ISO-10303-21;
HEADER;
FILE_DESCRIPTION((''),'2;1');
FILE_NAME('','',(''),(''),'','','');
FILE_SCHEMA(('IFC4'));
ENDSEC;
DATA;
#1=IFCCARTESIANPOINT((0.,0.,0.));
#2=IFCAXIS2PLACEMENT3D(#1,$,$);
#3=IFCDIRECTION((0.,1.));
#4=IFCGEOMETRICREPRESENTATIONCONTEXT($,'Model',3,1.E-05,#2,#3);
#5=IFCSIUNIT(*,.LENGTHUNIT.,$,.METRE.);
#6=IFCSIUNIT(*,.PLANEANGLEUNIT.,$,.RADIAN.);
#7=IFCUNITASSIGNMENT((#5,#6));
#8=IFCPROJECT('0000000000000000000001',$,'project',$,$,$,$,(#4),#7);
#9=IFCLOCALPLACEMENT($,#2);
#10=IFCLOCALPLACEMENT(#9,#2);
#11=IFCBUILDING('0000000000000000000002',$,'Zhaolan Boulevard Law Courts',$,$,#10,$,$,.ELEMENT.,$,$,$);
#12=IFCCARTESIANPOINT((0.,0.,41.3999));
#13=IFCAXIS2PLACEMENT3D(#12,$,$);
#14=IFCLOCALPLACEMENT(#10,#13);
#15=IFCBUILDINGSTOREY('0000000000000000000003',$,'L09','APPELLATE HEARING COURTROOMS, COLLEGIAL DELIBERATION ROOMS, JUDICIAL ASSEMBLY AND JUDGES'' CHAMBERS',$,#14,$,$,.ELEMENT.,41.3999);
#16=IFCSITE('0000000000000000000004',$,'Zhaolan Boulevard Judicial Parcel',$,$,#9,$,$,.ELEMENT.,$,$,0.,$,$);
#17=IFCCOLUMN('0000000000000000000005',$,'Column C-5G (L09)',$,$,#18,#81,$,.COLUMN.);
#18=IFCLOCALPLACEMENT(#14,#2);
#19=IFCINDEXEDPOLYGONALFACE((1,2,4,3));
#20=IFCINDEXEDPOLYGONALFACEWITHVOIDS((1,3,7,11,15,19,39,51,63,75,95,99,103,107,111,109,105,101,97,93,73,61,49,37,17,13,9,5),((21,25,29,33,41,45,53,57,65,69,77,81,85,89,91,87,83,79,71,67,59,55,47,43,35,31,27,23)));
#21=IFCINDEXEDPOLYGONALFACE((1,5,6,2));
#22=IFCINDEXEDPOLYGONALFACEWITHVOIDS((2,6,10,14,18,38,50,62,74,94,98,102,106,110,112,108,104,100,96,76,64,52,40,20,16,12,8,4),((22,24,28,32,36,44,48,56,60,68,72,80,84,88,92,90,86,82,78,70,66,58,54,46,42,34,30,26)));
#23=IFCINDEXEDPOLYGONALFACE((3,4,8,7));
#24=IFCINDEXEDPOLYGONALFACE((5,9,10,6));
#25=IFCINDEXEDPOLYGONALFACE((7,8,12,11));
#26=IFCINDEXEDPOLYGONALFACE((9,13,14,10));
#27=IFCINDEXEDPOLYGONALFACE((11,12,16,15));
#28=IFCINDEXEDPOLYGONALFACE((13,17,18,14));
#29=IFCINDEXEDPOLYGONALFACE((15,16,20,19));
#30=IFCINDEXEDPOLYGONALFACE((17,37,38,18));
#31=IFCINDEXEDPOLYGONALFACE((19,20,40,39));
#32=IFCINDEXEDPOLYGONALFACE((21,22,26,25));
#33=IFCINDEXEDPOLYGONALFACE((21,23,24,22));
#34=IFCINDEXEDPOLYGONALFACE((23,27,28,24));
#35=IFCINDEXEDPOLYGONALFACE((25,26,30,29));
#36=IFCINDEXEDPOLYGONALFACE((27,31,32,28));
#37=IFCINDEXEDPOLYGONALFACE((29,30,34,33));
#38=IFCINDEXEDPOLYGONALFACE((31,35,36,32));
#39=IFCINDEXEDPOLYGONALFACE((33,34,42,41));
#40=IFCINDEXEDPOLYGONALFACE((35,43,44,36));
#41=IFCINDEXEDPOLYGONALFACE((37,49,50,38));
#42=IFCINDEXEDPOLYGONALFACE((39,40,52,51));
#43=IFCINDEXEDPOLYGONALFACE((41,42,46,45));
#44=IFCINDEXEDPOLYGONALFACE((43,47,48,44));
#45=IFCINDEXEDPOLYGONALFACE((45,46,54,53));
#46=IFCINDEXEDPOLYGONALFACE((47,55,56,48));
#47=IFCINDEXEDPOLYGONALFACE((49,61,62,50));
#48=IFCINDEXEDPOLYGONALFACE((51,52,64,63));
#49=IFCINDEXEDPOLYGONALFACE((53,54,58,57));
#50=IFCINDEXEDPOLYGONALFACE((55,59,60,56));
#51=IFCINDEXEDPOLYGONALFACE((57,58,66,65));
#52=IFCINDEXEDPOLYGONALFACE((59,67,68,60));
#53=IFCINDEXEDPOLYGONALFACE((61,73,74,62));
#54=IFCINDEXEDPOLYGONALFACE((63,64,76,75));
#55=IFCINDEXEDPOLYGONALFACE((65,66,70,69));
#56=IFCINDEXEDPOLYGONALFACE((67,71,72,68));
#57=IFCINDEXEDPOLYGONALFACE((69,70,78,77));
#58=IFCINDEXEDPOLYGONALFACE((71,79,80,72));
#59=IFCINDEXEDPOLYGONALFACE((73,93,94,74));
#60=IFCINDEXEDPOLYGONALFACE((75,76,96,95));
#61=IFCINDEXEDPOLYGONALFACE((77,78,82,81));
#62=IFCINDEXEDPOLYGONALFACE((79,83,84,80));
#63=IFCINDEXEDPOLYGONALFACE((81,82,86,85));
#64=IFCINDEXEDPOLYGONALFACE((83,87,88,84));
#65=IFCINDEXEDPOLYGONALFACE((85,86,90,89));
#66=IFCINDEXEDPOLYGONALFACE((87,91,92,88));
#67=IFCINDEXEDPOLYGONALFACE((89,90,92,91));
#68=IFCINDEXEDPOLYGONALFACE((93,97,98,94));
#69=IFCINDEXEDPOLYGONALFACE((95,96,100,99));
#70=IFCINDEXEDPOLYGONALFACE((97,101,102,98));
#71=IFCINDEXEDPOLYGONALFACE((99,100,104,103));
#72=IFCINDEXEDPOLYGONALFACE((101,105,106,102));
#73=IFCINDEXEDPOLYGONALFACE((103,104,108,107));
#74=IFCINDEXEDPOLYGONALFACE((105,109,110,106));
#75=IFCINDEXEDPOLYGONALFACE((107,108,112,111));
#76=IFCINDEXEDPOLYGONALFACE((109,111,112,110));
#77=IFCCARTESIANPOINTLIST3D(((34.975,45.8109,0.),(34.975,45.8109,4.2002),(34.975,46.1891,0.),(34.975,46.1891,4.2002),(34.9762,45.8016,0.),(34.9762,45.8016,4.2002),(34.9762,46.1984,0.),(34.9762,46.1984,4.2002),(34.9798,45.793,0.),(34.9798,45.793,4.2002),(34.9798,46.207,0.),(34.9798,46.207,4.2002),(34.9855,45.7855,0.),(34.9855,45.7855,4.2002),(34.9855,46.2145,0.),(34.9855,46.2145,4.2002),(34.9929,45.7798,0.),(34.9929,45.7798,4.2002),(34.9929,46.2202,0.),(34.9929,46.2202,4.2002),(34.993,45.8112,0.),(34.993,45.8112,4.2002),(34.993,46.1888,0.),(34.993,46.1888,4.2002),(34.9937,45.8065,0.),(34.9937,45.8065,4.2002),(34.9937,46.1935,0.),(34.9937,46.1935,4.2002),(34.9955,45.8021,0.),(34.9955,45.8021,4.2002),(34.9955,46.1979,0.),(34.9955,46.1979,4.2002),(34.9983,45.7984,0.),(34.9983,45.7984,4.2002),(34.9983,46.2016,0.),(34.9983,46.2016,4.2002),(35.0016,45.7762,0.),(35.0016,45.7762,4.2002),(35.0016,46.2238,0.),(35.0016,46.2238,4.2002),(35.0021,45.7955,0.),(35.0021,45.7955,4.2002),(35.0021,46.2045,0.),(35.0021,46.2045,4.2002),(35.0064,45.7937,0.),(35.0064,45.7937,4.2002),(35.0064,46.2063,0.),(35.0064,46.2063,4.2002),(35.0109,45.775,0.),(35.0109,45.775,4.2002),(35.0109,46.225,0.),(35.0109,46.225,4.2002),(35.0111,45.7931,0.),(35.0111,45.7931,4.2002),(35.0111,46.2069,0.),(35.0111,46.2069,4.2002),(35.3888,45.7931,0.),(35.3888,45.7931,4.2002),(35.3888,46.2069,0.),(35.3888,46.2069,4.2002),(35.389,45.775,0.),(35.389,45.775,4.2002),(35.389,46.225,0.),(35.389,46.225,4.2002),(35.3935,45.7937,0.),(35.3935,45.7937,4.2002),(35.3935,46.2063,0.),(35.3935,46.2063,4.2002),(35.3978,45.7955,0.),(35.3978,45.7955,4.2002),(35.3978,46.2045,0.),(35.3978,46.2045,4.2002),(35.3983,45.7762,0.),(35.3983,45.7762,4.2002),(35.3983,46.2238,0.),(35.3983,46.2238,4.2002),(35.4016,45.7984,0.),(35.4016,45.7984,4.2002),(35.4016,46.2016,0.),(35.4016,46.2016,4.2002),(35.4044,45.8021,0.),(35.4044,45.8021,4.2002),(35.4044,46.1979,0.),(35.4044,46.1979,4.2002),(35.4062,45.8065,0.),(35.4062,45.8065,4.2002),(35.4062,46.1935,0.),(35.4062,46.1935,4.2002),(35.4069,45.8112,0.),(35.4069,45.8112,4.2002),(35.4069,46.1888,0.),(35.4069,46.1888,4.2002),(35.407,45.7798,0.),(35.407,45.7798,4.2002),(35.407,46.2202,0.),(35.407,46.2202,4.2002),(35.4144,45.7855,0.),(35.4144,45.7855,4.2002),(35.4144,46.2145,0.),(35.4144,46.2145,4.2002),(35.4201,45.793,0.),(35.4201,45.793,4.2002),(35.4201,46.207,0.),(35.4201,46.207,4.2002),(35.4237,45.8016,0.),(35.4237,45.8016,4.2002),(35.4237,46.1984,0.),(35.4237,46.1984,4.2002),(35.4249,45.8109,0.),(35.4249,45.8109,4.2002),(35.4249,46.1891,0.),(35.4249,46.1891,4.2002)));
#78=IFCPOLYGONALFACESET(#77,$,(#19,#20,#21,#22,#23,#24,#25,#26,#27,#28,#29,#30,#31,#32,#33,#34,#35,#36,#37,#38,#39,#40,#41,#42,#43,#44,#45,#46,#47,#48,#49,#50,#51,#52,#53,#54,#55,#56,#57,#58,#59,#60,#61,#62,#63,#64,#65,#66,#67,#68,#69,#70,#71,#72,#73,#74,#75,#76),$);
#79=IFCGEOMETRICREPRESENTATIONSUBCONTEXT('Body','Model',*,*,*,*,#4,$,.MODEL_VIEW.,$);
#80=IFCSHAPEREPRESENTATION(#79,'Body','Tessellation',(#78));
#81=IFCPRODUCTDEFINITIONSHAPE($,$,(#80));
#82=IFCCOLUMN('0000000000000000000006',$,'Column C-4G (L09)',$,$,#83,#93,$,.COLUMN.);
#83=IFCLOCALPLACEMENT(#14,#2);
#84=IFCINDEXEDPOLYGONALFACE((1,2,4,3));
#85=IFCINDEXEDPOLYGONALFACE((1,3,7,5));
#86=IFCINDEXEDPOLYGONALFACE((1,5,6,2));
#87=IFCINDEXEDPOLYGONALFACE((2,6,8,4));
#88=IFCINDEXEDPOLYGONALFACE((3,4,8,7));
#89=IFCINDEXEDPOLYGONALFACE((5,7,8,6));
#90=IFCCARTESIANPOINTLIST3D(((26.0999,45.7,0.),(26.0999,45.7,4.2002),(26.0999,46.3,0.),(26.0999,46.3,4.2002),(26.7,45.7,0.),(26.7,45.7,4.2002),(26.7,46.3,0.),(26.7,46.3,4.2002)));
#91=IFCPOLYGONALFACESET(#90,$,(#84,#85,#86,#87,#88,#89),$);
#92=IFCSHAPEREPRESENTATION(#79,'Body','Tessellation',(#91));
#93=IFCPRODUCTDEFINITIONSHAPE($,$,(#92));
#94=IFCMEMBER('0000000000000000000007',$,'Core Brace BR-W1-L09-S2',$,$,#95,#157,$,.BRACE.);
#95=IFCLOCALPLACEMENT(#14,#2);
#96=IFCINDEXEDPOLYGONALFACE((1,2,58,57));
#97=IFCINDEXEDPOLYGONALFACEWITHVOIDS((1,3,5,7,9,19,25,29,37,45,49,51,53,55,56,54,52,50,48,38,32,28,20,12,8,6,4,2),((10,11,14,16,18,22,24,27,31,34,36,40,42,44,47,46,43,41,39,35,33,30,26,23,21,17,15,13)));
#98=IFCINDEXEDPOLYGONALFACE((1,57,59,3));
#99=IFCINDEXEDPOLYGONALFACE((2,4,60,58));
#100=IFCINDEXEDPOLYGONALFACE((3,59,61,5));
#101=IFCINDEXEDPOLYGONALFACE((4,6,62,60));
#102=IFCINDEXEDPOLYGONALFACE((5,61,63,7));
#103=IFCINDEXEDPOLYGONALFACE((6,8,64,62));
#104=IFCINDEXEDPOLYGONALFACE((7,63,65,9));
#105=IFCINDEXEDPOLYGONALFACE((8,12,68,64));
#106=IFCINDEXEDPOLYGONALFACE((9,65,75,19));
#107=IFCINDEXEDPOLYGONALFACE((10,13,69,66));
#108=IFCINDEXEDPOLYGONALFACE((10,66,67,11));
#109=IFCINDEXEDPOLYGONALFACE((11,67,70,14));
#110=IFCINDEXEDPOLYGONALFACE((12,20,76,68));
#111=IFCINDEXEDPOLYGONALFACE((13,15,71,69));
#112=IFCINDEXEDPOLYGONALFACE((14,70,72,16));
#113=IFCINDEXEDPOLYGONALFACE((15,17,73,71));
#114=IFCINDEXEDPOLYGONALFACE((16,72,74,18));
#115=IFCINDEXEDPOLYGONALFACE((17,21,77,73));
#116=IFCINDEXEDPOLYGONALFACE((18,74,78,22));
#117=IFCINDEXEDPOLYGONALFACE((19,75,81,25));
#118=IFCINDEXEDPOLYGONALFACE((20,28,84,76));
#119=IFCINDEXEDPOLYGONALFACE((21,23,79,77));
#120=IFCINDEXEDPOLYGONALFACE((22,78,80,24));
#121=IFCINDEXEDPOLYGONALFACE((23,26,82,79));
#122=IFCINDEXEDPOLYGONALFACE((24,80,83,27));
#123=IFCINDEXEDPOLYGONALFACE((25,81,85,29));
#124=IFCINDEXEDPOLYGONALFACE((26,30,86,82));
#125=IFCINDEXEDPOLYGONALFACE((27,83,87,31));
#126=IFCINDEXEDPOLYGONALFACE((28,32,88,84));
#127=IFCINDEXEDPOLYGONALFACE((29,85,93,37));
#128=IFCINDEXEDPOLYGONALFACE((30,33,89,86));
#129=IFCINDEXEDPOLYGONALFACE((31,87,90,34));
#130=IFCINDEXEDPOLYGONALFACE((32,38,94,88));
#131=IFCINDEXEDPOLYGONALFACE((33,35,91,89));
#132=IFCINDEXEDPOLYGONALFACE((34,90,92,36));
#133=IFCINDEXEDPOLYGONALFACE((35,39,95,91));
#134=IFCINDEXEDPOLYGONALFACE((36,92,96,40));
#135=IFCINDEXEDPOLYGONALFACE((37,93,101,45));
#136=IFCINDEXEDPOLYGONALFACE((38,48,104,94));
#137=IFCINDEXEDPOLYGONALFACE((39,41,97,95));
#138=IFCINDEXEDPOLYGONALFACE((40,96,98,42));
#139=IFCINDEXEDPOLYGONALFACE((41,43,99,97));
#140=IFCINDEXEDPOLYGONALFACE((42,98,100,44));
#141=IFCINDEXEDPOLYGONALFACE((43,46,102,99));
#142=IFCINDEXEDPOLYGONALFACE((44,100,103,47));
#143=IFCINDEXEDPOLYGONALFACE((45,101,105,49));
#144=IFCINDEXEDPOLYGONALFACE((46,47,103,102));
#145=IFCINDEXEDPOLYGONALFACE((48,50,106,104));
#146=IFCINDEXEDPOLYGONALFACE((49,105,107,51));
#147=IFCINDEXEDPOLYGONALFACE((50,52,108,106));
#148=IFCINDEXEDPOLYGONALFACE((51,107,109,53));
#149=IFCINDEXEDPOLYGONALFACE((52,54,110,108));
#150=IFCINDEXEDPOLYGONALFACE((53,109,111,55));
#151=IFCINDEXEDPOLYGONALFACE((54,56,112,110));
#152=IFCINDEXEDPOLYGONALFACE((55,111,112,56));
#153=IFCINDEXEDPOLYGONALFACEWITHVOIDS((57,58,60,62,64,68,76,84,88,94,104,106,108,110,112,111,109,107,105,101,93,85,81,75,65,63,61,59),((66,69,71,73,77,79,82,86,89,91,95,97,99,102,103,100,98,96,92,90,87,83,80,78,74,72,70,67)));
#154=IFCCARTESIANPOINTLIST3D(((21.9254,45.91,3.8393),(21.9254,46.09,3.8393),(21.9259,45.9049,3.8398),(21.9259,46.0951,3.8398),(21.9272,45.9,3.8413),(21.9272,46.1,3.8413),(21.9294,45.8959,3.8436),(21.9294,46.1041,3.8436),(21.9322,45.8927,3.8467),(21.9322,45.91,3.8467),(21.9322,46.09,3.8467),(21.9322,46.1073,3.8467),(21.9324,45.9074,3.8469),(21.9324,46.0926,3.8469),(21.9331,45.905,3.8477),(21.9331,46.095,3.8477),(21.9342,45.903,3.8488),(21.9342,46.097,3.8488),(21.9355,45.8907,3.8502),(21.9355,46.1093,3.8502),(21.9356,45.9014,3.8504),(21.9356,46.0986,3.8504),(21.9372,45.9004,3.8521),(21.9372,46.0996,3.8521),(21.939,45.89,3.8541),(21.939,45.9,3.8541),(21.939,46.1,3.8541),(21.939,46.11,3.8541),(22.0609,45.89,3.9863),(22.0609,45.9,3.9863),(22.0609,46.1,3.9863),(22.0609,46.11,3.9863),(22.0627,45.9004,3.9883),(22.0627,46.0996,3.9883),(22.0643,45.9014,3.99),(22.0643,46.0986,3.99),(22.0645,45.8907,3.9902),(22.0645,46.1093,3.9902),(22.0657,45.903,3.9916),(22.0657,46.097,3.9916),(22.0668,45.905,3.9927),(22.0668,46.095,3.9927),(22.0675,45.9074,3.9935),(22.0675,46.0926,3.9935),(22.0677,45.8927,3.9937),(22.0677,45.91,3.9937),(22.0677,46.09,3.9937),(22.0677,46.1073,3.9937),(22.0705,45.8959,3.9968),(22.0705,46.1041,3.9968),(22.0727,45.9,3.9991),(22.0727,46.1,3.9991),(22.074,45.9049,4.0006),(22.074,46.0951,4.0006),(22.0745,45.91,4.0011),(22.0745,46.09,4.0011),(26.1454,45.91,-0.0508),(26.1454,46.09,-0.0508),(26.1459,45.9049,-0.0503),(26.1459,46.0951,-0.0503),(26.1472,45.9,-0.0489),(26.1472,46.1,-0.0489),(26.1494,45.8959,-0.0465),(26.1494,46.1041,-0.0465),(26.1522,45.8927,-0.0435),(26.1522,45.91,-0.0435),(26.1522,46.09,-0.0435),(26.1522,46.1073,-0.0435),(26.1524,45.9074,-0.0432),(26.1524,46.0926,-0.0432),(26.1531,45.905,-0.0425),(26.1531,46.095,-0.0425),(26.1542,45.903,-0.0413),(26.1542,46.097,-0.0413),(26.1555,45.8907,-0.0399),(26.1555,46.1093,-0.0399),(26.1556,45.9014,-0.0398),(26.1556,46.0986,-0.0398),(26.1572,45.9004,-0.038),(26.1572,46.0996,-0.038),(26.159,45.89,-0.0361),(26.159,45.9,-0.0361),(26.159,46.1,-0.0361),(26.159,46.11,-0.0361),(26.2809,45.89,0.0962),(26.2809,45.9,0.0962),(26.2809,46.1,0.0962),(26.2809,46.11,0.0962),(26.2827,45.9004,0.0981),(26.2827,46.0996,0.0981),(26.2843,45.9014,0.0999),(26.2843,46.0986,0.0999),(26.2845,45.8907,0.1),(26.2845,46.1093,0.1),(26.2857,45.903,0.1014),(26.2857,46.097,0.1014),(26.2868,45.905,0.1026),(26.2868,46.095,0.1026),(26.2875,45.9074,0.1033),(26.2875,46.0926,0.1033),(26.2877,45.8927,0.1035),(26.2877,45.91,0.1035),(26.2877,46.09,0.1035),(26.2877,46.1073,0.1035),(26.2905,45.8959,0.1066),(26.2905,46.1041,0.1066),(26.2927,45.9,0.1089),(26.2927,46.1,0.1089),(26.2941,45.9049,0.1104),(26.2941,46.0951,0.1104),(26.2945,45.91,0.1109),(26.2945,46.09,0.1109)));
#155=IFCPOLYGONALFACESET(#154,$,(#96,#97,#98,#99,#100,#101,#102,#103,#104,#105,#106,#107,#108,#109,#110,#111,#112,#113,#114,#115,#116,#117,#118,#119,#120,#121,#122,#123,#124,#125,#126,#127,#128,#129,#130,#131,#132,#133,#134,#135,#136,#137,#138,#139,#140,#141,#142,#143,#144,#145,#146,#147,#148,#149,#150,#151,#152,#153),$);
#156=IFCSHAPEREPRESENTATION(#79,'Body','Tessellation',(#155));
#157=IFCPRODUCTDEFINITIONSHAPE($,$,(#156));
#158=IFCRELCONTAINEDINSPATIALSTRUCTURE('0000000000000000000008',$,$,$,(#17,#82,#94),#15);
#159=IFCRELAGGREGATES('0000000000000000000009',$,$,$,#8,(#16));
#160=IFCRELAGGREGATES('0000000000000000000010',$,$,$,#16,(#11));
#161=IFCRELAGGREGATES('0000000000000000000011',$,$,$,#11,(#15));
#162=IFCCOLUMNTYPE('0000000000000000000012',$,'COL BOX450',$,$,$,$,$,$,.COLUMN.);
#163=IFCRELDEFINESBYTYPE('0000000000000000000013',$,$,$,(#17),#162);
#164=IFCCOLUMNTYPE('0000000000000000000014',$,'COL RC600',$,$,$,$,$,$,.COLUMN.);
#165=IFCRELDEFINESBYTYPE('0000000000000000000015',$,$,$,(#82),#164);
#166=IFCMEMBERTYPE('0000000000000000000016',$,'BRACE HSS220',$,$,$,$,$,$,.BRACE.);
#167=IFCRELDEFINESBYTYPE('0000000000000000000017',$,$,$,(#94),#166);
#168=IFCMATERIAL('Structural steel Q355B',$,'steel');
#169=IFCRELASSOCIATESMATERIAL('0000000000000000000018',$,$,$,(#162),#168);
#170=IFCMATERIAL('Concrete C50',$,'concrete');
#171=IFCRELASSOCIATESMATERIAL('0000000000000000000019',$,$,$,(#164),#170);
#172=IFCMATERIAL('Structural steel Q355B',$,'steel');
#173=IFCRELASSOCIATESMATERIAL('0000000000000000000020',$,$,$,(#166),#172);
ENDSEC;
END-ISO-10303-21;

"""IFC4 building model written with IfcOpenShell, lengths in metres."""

from ifc_helpers import new_model, si_unit, direction, frame, origin, origin_2d, place, context, subcontext, project, spatial, rectangle, hollow_rectangle, extrude, material, material_profile, profile_set, type_object, element, save


model = new_model("IFC4")

# Units and contexts
model_context = context("Model", 3, precision=1e-05, world=origin(), true_north=direction((0.0, 1.0)))
body_context = subcontext(model_context, "Body", "Model", "MODEL_VIEW")
ifc_project = project(units=[si_unit("LENGTHUNIT", "METRE"), si_unit("PLANEANGLEUNIT", "RADIAN")], contexts=[model_context])

# Site, building, storey
site_placement = place(None, origin())
site = spatial("IfcSite", under=ifc_project, at=site_placement, Name="Zhaolan Boulevard Judicial Parcel", CompositionType="ELEMENT", RefElevation=0.0)
building_placement = place(site_placement, origin())
building = spatial("IfcBuilding", under=site, at=building_placement, Name="Zhaolan Boulevard Law Courts", CompositionType="ELEMENT")
storey_placement = place(building_placement, frame((0.0, 0.0, 41.3999)))
storey = spatial("IfcBuildingStorey", under=building, at=storey_placement, Name="L09", Description="APPELLATE HEARING COURTROOMS, COLLEGIAL DELIBERATION ROOMS, JUDICIAL ASSEMBLY AND JUDGES' CHAMBERS", CompositionType="ELEMENT", Elevation=41.3999)

# Columns
ifc_material_1 = material(Name="Structural steel Q355B", Category="steel")
ifc_material_profile_1 = material_profile(ifc_material_1, hollow_rectangle(XDim=0.45, YDim=0.45, WallThickness=0.0181, InnerFilletRadius=0.0181, OuterFilletRadius=0.0359, at=origin_2d()), Name="BOX450x450x18")
ifc_profile_set_1 = profile_set([ifc_material_profile_1], Name="Structural steel Q355B")
column_type_1 = type_object("IfcColumnType", Name="COL BOX450", PredefinedType="COLUMN", material=ifc_profile_set_1)
column_1_placement = place(storey_placement, frame((35.2, 46.0, 0.0), z_axis=(0.0, 0.0, 1.0), x_axis=(1.0, 0.0, 0.0)))
element("IfcColumn", 1, at=column_1_placement, inside=storey, type_object=column_type_1, Name="Column C-5G (L09)", PredefinedType="COLUMN", context=body_context, shape_type="SweptSolid", body=[
    extrude(hollow_rectangle(XDim=0.45, YDim=0.45, WallThickness=0.0181, InnerFilletRadius=0.0181, OuterFilletRadius=0.0359, at=origin_2d()), origin(), (0.0, 0.0, 1.0), 4.2002),
])
ifc_material_2 = material(Name="Concrete C50", Category="concrete")
ifc_material_profile_2 = material_profile(ifc_material_2, rectangle(XDim=0.6001, YDim=0.6001, at=origin_2d()), Name="RC600x600")
ifc_profile_set_2 = profile_set([ifc_material_profile_2], Name="Concrete C50")
column_type_2 = type_object("IfcColumnType", Name="COL RC600", PredefinedType="COLUMN", material=ifc_profile_set_2)
column_2_placement = place(storey_placement, frame((26.3999, 46.0, 0.0), z_axis=(0.0, 0.0, 1.0), x_axis=(1.0, 0.0, 0.0)))
element("IfcColumn", 2, at=column_2_placement, inside=storey, type_object=column_type_2, Name="Column C-4G (L09)", PredefinedType="COLUMN", context=body_context, shape_type="SweptSolid", body=[
    extrude(rectangle(XDim=0.6001, YDim=0.6001, at=origin_2d()), origin(), (0.0, 0.0, 1.0), 4.2002),
])

# Member
ifc_material_3 = material(Name="Structural steel Q355B", Category="steel")
ifc_material_profile_3 = material_profile(ifc_material_3, hollow_rectangle(XDim=0.22, YDim=0.22, WallThickness=0.01, InnerFilletRadius=0.01, OuterFilletRadius=0.02, at=origin_2d()), Name="HSS220x220x10")
ifc_profile_set_3 = profile_set([ifc_material_profile_3], Name="Structural steel Q355B")
member_type = type_object("IfcMemberType", Name="BRACE HSS220", PredefinedType="BRACE", material=ifc_profile_set_3)
member_1_placement = place(storey_placement, frame((26.22, 46.0, 0.03), z_axis=(-0.735257, 0.0, 0.677789), x_axis=(0.0, -1.0, 0.0)))
element("IfcMember", 3, at=member_1_placement, inside=storey, type_object=member_type, Name="Core Brace BR-W1-L09-S2", PredefinedType="BRACE", context=body_context, shape_type="SweptSolid", body=[
    extrude(hollow_rectangle(XDim=0.22, YDim=0.22, WallThickness=0.01, InnerFilletRadius=0.01, OuterFilletRadius=0.02, at=origin_2d()), origin(), (0.0, 0.0, 1.0), 5.7395),
])

save(model, "model.ifc")
